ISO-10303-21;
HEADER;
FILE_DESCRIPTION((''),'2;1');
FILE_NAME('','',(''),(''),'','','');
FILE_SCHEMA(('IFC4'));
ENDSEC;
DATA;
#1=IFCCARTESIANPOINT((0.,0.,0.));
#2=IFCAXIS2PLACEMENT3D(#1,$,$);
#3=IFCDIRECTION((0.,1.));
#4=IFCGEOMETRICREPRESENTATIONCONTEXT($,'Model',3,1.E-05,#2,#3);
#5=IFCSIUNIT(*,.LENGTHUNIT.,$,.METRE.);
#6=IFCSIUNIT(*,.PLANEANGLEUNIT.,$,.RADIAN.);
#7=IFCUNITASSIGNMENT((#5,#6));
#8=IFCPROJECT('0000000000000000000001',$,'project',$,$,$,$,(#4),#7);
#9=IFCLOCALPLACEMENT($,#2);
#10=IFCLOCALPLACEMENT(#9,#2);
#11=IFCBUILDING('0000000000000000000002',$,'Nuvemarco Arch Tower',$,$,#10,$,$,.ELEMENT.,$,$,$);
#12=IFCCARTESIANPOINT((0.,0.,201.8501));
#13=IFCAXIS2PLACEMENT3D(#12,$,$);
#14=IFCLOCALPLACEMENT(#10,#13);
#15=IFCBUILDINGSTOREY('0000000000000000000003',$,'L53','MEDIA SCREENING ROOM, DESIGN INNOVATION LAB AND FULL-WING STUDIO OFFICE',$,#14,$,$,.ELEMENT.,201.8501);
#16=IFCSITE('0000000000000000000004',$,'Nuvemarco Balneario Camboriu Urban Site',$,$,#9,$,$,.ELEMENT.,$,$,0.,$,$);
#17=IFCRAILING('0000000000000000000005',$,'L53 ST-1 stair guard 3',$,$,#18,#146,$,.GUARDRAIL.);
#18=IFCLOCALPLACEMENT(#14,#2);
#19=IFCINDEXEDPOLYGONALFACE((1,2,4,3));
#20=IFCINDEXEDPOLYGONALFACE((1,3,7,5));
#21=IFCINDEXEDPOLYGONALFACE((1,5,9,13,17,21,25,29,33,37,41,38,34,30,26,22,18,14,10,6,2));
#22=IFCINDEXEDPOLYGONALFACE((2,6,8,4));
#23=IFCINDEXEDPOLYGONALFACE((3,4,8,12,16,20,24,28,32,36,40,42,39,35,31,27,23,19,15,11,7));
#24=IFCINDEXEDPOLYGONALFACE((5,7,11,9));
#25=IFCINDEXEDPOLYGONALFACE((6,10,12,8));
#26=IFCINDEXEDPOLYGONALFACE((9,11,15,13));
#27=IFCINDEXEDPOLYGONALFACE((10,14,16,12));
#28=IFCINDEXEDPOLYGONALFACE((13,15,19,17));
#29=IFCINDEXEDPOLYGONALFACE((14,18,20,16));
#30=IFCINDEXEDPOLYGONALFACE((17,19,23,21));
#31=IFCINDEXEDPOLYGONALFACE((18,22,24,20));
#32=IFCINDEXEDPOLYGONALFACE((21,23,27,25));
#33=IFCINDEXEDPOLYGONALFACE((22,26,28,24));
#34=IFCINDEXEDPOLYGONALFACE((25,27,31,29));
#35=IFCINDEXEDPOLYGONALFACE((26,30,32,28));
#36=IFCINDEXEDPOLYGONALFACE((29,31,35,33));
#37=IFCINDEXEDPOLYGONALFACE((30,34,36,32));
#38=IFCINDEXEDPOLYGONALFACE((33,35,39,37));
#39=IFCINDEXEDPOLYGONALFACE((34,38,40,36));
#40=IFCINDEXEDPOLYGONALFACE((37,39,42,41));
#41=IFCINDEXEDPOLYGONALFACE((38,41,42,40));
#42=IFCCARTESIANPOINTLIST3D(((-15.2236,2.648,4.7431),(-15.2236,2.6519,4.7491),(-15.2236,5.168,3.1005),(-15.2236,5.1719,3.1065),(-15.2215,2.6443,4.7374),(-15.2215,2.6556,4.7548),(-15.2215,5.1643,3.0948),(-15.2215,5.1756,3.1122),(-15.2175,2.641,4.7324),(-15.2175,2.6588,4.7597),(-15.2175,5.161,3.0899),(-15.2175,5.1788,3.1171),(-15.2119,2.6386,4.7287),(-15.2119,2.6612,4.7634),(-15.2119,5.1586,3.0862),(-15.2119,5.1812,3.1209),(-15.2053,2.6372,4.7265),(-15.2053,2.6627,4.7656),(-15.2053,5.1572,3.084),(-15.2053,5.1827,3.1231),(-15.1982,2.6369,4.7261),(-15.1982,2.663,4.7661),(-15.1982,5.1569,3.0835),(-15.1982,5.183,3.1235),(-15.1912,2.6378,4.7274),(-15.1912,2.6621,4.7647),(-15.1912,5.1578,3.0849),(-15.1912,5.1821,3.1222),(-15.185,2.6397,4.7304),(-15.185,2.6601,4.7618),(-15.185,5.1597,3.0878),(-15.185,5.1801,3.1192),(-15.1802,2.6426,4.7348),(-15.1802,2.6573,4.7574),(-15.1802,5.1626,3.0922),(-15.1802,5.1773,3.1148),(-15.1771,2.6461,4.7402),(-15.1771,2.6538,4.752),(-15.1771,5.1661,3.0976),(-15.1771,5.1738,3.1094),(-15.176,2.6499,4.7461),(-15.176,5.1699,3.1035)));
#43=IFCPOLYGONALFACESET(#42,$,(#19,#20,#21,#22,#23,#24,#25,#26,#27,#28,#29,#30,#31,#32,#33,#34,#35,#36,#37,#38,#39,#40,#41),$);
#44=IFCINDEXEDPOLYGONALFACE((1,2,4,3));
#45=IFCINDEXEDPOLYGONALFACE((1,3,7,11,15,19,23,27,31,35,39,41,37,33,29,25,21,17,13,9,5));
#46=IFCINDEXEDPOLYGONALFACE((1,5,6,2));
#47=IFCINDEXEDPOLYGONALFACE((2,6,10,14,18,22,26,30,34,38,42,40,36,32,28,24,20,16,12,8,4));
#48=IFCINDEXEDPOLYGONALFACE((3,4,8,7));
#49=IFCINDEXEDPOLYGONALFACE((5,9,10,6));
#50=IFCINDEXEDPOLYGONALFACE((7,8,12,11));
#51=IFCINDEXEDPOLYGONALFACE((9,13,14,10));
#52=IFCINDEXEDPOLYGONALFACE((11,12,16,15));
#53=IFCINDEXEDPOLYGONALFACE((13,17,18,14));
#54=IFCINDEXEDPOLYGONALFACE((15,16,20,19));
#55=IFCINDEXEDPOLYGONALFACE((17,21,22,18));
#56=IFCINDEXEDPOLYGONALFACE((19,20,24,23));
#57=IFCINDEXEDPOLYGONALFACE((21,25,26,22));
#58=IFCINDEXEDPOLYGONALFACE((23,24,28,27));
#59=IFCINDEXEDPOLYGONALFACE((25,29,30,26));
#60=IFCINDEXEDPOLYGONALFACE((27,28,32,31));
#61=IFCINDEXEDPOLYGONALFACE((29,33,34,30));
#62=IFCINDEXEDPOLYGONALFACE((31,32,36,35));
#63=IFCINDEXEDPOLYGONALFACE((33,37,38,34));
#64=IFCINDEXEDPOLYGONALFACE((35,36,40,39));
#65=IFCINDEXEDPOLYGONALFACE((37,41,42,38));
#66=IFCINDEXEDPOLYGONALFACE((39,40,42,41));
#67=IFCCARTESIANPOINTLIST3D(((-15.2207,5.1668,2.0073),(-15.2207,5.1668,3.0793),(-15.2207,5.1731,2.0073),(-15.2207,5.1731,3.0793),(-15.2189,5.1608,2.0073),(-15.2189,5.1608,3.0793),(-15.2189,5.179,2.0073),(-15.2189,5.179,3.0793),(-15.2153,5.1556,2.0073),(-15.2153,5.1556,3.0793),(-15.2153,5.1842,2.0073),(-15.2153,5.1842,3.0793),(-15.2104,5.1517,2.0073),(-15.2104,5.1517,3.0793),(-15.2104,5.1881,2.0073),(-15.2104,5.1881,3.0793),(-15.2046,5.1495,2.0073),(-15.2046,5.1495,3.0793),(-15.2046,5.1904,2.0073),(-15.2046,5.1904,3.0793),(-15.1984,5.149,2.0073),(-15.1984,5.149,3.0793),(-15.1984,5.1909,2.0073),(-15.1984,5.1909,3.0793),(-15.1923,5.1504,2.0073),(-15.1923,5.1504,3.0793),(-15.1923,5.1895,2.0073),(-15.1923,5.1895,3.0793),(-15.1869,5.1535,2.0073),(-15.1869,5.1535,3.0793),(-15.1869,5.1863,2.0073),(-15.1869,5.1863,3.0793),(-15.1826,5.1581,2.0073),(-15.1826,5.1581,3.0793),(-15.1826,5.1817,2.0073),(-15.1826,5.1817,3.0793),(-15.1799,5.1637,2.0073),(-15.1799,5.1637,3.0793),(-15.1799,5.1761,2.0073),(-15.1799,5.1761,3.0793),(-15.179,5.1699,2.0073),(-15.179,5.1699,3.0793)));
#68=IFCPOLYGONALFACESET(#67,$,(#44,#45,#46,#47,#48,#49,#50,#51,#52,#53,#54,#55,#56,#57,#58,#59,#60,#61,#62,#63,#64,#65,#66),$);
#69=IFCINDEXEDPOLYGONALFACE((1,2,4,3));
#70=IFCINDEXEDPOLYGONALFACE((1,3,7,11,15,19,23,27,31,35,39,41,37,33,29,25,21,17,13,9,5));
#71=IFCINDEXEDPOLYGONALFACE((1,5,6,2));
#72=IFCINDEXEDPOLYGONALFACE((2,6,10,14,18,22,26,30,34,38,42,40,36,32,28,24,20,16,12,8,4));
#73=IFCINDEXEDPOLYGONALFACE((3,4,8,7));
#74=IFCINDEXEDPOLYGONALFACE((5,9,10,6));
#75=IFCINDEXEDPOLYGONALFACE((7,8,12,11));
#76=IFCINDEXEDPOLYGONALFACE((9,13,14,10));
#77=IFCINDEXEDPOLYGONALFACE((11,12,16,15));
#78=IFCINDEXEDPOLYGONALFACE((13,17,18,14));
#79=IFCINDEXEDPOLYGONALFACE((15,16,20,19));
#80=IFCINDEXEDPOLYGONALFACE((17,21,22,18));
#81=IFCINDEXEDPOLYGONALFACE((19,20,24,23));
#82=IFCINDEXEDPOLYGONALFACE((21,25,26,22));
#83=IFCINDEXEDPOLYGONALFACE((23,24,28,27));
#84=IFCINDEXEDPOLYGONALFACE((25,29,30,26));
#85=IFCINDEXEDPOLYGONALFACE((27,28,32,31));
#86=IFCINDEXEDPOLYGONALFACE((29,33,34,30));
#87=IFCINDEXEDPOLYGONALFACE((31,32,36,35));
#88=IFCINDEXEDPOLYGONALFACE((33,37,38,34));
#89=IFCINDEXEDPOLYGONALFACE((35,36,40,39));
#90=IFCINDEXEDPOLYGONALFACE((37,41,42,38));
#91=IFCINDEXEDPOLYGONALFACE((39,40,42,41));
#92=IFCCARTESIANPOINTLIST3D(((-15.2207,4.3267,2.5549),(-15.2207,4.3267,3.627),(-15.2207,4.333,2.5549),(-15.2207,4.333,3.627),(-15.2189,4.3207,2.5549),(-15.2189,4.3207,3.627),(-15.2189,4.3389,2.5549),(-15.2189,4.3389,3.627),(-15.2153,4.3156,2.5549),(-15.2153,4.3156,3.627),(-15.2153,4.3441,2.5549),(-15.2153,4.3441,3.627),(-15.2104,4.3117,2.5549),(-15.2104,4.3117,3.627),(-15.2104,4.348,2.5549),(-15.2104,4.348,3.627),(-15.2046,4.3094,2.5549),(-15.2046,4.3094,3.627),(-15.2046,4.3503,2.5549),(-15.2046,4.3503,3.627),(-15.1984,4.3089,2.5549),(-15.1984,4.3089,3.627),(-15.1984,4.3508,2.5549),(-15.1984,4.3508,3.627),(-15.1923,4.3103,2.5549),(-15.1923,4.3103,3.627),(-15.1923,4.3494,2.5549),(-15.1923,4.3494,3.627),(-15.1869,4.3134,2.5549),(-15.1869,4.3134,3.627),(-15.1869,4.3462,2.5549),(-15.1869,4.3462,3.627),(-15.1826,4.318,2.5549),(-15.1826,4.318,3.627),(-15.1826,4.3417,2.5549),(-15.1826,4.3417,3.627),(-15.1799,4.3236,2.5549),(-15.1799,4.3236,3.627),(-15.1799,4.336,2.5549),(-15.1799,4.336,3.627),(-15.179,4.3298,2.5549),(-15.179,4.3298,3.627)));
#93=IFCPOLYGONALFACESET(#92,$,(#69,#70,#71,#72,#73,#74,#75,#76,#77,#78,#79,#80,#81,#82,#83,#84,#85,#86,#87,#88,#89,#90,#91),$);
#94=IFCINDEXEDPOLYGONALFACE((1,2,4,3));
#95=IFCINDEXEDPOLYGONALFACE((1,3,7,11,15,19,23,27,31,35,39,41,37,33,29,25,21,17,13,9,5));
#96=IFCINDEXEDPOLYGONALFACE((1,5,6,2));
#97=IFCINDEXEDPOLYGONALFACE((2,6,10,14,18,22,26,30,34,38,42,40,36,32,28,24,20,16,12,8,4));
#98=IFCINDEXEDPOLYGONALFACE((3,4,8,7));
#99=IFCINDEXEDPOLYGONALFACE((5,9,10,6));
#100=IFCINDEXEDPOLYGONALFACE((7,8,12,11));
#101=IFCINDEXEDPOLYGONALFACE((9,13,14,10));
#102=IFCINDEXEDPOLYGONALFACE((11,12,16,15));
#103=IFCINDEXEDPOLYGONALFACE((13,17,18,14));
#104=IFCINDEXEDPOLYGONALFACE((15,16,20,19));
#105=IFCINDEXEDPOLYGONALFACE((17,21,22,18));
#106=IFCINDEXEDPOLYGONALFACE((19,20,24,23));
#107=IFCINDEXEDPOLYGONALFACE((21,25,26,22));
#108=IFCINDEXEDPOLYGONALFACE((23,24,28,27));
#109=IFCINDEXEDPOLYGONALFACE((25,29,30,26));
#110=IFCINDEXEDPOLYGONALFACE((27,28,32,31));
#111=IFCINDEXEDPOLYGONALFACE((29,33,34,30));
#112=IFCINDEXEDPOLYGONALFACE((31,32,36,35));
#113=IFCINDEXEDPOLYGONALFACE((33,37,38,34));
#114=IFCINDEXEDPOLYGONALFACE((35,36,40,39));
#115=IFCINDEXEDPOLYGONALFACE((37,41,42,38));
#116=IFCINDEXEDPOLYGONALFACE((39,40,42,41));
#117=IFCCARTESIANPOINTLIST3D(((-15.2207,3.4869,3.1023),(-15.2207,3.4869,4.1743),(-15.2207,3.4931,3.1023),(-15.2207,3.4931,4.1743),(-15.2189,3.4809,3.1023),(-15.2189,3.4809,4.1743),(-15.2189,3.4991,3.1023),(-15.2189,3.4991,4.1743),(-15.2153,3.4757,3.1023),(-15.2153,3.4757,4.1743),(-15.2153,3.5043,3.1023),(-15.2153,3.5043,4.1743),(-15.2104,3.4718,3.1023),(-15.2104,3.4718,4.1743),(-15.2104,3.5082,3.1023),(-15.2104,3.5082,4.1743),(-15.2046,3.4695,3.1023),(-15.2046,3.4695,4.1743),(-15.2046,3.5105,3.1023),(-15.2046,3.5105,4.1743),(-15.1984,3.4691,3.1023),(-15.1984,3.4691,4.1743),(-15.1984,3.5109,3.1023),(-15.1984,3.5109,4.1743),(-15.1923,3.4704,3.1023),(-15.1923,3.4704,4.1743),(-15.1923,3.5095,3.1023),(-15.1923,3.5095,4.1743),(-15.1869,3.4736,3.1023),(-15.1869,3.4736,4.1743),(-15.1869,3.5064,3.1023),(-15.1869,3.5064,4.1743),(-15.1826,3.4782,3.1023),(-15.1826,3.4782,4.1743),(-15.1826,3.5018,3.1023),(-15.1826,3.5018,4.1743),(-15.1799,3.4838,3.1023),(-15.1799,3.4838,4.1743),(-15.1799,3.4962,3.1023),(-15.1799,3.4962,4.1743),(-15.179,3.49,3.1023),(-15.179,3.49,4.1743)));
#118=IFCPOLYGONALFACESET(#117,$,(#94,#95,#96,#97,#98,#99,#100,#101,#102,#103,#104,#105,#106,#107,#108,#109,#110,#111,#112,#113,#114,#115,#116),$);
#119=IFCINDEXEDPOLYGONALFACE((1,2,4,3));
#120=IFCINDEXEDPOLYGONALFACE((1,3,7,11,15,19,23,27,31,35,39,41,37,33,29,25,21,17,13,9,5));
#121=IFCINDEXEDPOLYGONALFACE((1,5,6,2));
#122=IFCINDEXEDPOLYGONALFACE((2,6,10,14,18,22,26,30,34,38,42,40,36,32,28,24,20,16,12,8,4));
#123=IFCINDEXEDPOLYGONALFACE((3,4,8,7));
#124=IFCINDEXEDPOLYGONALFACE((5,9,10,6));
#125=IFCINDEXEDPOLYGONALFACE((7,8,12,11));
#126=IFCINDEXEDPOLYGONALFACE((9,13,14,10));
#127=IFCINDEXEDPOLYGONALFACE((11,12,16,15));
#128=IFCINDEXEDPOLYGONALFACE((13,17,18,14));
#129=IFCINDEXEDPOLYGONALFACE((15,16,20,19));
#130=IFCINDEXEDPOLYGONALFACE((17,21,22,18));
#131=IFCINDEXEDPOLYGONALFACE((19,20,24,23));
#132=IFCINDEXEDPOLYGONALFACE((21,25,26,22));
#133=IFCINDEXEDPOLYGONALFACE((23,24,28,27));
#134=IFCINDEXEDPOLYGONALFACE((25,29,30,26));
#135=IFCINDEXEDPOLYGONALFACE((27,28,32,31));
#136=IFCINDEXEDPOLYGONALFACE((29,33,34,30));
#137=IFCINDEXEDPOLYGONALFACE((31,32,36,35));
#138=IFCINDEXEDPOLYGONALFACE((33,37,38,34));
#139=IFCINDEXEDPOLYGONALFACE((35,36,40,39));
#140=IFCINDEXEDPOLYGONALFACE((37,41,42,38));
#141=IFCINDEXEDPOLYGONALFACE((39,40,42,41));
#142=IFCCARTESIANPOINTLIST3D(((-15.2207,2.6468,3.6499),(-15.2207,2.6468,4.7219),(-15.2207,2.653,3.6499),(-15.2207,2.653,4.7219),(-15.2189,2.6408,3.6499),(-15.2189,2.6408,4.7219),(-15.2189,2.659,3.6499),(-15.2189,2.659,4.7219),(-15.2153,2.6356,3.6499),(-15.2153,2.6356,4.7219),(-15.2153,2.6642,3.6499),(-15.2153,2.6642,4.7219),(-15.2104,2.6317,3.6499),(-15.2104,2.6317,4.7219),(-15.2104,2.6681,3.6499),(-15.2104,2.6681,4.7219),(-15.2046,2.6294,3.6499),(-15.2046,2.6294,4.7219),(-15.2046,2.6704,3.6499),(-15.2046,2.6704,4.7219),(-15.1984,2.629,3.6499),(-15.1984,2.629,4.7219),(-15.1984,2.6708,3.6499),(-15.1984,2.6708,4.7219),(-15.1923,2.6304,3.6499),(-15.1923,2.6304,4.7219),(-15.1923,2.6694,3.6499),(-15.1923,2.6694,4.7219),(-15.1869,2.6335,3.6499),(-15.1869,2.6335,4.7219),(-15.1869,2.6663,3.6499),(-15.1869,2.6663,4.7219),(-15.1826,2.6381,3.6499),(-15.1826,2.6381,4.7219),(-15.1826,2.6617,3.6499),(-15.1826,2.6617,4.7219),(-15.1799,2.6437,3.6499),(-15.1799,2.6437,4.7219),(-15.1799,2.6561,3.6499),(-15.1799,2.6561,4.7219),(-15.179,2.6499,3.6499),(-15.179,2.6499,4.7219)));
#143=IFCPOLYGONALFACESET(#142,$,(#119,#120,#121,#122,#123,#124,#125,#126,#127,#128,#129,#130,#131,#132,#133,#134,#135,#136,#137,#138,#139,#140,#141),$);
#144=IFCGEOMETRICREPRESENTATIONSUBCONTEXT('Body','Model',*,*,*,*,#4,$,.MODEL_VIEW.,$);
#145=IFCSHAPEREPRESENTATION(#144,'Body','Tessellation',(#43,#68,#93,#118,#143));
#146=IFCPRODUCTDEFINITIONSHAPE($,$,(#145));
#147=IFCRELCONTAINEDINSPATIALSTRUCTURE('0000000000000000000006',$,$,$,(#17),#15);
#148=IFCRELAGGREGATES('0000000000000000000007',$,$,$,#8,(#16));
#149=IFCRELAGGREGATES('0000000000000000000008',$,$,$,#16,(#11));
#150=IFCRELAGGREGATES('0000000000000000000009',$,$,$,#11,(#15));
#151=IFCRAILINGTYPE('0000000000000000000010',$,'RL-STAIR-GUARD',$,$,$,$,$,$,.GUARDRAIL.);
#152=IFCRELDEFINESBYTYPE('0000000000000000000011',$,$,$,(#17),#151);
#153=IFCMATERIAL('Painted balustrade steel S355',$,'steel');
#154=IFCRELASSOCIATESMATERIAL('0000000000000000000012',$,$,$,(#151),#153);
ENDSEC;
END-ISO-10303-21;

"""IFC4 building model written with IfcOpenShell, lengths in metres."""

from ifc_helpers import new_model, si_unit, direction, frame, origin, origin_2d, place, context, subcontext, project, spatial, circle, extrude, material, type_object, element, save


model = new_model("IFC4")

# Units and contexts
model_context = context("Model", 3, precision=1e-05, world=origin(), true_north=direction((0.0, 1.0)))
body_context = subcontext(model_context, "Body", "Model", "MODEL_VIEW")
ifc_project = project(units=[si_unit("LENGTHUNIT", "METRE"), si_unit("PLANEANGLEUNIT", "RADIAN")], contexts=[model_context])

# Site, building, storey
site_placement = place(None, origin())
site = spatial("IfcSite", under=ifc_project, at=site_placement, Name="Nuvemarco Balneario Camboriu Urban Site", CompositionType="ELEMENT", RefElevation=0.0)
building_placement = place(site_placement, origin())
building = spatial("IfcBuilding", under=site, at=building_placement, Name="Nuvemarco Arch Tower", CompositionType="ELEMENT")
storey_placement = place(building_placement, frame((0.0, 0.0, 201.8501)))
storey = spatial("IfcBuildingStorey", under=building, at=storey_placement, Name="L53", Description="MEDIA SCREENING ROOM, DESIGN INNOVATION LAB AND FULL-WING STUDIO OFFICE", CompositionType="ELEMENT", Elevation=201.8501)

# Railing
ifc_material_1 = material(Name="Painted balustrade steel S355", Category="steel")
railing_type_1 = type_object("IfcRailingType", Name="RL-STAIR-GUARD", PredefinedType="GUARDRAIL", material=ifc_material_1)
railing_1_placement = place(storey_placement, frame((-15.2, 5.1699, 2.0073)))
element("IfcRailing", 1, at=railing_1_placement, inside=storey, type_object=railing_type_1, Name="L53 ST-1 stair guard 3", PredefinedType="GUARDRAIL", context=body_context, shape_type="SweptSolid", body=[
    extrude(circle(Radius=0.0239, at=origin_2d()), frame((0.0, 0.0, 1.0962), z_axis=(0.0, -0.837749, 0.546055), x_axis=(1.0, 0.0, 0.0)), (0.0, 0.0, 1.0), 3.0081),
    extrude(circle(Radius=0.021, at=origin_2d()), origin(), (0.0, 0.0, 1.0), 1.072),
    extrude(circle(Radius=0.021, at=origin_2d()), frame((0.0, -0.8401, 0.5476)), (0.0, 0.0, 1.0), 1.072),
    extrude(circle(Radius=0.021, at=origin_2d()), frame((0.0, -1.6799, 1.095)), (0.0, 0.0, 1.0), 1.072),
    extrude(circle(Radius=0.021, at=origin_2d()), frame((0.0, -2.52, 1.6426)), (0.0, 0.0, 1.0), 1.072),
])

save(model, "model.ifc")
